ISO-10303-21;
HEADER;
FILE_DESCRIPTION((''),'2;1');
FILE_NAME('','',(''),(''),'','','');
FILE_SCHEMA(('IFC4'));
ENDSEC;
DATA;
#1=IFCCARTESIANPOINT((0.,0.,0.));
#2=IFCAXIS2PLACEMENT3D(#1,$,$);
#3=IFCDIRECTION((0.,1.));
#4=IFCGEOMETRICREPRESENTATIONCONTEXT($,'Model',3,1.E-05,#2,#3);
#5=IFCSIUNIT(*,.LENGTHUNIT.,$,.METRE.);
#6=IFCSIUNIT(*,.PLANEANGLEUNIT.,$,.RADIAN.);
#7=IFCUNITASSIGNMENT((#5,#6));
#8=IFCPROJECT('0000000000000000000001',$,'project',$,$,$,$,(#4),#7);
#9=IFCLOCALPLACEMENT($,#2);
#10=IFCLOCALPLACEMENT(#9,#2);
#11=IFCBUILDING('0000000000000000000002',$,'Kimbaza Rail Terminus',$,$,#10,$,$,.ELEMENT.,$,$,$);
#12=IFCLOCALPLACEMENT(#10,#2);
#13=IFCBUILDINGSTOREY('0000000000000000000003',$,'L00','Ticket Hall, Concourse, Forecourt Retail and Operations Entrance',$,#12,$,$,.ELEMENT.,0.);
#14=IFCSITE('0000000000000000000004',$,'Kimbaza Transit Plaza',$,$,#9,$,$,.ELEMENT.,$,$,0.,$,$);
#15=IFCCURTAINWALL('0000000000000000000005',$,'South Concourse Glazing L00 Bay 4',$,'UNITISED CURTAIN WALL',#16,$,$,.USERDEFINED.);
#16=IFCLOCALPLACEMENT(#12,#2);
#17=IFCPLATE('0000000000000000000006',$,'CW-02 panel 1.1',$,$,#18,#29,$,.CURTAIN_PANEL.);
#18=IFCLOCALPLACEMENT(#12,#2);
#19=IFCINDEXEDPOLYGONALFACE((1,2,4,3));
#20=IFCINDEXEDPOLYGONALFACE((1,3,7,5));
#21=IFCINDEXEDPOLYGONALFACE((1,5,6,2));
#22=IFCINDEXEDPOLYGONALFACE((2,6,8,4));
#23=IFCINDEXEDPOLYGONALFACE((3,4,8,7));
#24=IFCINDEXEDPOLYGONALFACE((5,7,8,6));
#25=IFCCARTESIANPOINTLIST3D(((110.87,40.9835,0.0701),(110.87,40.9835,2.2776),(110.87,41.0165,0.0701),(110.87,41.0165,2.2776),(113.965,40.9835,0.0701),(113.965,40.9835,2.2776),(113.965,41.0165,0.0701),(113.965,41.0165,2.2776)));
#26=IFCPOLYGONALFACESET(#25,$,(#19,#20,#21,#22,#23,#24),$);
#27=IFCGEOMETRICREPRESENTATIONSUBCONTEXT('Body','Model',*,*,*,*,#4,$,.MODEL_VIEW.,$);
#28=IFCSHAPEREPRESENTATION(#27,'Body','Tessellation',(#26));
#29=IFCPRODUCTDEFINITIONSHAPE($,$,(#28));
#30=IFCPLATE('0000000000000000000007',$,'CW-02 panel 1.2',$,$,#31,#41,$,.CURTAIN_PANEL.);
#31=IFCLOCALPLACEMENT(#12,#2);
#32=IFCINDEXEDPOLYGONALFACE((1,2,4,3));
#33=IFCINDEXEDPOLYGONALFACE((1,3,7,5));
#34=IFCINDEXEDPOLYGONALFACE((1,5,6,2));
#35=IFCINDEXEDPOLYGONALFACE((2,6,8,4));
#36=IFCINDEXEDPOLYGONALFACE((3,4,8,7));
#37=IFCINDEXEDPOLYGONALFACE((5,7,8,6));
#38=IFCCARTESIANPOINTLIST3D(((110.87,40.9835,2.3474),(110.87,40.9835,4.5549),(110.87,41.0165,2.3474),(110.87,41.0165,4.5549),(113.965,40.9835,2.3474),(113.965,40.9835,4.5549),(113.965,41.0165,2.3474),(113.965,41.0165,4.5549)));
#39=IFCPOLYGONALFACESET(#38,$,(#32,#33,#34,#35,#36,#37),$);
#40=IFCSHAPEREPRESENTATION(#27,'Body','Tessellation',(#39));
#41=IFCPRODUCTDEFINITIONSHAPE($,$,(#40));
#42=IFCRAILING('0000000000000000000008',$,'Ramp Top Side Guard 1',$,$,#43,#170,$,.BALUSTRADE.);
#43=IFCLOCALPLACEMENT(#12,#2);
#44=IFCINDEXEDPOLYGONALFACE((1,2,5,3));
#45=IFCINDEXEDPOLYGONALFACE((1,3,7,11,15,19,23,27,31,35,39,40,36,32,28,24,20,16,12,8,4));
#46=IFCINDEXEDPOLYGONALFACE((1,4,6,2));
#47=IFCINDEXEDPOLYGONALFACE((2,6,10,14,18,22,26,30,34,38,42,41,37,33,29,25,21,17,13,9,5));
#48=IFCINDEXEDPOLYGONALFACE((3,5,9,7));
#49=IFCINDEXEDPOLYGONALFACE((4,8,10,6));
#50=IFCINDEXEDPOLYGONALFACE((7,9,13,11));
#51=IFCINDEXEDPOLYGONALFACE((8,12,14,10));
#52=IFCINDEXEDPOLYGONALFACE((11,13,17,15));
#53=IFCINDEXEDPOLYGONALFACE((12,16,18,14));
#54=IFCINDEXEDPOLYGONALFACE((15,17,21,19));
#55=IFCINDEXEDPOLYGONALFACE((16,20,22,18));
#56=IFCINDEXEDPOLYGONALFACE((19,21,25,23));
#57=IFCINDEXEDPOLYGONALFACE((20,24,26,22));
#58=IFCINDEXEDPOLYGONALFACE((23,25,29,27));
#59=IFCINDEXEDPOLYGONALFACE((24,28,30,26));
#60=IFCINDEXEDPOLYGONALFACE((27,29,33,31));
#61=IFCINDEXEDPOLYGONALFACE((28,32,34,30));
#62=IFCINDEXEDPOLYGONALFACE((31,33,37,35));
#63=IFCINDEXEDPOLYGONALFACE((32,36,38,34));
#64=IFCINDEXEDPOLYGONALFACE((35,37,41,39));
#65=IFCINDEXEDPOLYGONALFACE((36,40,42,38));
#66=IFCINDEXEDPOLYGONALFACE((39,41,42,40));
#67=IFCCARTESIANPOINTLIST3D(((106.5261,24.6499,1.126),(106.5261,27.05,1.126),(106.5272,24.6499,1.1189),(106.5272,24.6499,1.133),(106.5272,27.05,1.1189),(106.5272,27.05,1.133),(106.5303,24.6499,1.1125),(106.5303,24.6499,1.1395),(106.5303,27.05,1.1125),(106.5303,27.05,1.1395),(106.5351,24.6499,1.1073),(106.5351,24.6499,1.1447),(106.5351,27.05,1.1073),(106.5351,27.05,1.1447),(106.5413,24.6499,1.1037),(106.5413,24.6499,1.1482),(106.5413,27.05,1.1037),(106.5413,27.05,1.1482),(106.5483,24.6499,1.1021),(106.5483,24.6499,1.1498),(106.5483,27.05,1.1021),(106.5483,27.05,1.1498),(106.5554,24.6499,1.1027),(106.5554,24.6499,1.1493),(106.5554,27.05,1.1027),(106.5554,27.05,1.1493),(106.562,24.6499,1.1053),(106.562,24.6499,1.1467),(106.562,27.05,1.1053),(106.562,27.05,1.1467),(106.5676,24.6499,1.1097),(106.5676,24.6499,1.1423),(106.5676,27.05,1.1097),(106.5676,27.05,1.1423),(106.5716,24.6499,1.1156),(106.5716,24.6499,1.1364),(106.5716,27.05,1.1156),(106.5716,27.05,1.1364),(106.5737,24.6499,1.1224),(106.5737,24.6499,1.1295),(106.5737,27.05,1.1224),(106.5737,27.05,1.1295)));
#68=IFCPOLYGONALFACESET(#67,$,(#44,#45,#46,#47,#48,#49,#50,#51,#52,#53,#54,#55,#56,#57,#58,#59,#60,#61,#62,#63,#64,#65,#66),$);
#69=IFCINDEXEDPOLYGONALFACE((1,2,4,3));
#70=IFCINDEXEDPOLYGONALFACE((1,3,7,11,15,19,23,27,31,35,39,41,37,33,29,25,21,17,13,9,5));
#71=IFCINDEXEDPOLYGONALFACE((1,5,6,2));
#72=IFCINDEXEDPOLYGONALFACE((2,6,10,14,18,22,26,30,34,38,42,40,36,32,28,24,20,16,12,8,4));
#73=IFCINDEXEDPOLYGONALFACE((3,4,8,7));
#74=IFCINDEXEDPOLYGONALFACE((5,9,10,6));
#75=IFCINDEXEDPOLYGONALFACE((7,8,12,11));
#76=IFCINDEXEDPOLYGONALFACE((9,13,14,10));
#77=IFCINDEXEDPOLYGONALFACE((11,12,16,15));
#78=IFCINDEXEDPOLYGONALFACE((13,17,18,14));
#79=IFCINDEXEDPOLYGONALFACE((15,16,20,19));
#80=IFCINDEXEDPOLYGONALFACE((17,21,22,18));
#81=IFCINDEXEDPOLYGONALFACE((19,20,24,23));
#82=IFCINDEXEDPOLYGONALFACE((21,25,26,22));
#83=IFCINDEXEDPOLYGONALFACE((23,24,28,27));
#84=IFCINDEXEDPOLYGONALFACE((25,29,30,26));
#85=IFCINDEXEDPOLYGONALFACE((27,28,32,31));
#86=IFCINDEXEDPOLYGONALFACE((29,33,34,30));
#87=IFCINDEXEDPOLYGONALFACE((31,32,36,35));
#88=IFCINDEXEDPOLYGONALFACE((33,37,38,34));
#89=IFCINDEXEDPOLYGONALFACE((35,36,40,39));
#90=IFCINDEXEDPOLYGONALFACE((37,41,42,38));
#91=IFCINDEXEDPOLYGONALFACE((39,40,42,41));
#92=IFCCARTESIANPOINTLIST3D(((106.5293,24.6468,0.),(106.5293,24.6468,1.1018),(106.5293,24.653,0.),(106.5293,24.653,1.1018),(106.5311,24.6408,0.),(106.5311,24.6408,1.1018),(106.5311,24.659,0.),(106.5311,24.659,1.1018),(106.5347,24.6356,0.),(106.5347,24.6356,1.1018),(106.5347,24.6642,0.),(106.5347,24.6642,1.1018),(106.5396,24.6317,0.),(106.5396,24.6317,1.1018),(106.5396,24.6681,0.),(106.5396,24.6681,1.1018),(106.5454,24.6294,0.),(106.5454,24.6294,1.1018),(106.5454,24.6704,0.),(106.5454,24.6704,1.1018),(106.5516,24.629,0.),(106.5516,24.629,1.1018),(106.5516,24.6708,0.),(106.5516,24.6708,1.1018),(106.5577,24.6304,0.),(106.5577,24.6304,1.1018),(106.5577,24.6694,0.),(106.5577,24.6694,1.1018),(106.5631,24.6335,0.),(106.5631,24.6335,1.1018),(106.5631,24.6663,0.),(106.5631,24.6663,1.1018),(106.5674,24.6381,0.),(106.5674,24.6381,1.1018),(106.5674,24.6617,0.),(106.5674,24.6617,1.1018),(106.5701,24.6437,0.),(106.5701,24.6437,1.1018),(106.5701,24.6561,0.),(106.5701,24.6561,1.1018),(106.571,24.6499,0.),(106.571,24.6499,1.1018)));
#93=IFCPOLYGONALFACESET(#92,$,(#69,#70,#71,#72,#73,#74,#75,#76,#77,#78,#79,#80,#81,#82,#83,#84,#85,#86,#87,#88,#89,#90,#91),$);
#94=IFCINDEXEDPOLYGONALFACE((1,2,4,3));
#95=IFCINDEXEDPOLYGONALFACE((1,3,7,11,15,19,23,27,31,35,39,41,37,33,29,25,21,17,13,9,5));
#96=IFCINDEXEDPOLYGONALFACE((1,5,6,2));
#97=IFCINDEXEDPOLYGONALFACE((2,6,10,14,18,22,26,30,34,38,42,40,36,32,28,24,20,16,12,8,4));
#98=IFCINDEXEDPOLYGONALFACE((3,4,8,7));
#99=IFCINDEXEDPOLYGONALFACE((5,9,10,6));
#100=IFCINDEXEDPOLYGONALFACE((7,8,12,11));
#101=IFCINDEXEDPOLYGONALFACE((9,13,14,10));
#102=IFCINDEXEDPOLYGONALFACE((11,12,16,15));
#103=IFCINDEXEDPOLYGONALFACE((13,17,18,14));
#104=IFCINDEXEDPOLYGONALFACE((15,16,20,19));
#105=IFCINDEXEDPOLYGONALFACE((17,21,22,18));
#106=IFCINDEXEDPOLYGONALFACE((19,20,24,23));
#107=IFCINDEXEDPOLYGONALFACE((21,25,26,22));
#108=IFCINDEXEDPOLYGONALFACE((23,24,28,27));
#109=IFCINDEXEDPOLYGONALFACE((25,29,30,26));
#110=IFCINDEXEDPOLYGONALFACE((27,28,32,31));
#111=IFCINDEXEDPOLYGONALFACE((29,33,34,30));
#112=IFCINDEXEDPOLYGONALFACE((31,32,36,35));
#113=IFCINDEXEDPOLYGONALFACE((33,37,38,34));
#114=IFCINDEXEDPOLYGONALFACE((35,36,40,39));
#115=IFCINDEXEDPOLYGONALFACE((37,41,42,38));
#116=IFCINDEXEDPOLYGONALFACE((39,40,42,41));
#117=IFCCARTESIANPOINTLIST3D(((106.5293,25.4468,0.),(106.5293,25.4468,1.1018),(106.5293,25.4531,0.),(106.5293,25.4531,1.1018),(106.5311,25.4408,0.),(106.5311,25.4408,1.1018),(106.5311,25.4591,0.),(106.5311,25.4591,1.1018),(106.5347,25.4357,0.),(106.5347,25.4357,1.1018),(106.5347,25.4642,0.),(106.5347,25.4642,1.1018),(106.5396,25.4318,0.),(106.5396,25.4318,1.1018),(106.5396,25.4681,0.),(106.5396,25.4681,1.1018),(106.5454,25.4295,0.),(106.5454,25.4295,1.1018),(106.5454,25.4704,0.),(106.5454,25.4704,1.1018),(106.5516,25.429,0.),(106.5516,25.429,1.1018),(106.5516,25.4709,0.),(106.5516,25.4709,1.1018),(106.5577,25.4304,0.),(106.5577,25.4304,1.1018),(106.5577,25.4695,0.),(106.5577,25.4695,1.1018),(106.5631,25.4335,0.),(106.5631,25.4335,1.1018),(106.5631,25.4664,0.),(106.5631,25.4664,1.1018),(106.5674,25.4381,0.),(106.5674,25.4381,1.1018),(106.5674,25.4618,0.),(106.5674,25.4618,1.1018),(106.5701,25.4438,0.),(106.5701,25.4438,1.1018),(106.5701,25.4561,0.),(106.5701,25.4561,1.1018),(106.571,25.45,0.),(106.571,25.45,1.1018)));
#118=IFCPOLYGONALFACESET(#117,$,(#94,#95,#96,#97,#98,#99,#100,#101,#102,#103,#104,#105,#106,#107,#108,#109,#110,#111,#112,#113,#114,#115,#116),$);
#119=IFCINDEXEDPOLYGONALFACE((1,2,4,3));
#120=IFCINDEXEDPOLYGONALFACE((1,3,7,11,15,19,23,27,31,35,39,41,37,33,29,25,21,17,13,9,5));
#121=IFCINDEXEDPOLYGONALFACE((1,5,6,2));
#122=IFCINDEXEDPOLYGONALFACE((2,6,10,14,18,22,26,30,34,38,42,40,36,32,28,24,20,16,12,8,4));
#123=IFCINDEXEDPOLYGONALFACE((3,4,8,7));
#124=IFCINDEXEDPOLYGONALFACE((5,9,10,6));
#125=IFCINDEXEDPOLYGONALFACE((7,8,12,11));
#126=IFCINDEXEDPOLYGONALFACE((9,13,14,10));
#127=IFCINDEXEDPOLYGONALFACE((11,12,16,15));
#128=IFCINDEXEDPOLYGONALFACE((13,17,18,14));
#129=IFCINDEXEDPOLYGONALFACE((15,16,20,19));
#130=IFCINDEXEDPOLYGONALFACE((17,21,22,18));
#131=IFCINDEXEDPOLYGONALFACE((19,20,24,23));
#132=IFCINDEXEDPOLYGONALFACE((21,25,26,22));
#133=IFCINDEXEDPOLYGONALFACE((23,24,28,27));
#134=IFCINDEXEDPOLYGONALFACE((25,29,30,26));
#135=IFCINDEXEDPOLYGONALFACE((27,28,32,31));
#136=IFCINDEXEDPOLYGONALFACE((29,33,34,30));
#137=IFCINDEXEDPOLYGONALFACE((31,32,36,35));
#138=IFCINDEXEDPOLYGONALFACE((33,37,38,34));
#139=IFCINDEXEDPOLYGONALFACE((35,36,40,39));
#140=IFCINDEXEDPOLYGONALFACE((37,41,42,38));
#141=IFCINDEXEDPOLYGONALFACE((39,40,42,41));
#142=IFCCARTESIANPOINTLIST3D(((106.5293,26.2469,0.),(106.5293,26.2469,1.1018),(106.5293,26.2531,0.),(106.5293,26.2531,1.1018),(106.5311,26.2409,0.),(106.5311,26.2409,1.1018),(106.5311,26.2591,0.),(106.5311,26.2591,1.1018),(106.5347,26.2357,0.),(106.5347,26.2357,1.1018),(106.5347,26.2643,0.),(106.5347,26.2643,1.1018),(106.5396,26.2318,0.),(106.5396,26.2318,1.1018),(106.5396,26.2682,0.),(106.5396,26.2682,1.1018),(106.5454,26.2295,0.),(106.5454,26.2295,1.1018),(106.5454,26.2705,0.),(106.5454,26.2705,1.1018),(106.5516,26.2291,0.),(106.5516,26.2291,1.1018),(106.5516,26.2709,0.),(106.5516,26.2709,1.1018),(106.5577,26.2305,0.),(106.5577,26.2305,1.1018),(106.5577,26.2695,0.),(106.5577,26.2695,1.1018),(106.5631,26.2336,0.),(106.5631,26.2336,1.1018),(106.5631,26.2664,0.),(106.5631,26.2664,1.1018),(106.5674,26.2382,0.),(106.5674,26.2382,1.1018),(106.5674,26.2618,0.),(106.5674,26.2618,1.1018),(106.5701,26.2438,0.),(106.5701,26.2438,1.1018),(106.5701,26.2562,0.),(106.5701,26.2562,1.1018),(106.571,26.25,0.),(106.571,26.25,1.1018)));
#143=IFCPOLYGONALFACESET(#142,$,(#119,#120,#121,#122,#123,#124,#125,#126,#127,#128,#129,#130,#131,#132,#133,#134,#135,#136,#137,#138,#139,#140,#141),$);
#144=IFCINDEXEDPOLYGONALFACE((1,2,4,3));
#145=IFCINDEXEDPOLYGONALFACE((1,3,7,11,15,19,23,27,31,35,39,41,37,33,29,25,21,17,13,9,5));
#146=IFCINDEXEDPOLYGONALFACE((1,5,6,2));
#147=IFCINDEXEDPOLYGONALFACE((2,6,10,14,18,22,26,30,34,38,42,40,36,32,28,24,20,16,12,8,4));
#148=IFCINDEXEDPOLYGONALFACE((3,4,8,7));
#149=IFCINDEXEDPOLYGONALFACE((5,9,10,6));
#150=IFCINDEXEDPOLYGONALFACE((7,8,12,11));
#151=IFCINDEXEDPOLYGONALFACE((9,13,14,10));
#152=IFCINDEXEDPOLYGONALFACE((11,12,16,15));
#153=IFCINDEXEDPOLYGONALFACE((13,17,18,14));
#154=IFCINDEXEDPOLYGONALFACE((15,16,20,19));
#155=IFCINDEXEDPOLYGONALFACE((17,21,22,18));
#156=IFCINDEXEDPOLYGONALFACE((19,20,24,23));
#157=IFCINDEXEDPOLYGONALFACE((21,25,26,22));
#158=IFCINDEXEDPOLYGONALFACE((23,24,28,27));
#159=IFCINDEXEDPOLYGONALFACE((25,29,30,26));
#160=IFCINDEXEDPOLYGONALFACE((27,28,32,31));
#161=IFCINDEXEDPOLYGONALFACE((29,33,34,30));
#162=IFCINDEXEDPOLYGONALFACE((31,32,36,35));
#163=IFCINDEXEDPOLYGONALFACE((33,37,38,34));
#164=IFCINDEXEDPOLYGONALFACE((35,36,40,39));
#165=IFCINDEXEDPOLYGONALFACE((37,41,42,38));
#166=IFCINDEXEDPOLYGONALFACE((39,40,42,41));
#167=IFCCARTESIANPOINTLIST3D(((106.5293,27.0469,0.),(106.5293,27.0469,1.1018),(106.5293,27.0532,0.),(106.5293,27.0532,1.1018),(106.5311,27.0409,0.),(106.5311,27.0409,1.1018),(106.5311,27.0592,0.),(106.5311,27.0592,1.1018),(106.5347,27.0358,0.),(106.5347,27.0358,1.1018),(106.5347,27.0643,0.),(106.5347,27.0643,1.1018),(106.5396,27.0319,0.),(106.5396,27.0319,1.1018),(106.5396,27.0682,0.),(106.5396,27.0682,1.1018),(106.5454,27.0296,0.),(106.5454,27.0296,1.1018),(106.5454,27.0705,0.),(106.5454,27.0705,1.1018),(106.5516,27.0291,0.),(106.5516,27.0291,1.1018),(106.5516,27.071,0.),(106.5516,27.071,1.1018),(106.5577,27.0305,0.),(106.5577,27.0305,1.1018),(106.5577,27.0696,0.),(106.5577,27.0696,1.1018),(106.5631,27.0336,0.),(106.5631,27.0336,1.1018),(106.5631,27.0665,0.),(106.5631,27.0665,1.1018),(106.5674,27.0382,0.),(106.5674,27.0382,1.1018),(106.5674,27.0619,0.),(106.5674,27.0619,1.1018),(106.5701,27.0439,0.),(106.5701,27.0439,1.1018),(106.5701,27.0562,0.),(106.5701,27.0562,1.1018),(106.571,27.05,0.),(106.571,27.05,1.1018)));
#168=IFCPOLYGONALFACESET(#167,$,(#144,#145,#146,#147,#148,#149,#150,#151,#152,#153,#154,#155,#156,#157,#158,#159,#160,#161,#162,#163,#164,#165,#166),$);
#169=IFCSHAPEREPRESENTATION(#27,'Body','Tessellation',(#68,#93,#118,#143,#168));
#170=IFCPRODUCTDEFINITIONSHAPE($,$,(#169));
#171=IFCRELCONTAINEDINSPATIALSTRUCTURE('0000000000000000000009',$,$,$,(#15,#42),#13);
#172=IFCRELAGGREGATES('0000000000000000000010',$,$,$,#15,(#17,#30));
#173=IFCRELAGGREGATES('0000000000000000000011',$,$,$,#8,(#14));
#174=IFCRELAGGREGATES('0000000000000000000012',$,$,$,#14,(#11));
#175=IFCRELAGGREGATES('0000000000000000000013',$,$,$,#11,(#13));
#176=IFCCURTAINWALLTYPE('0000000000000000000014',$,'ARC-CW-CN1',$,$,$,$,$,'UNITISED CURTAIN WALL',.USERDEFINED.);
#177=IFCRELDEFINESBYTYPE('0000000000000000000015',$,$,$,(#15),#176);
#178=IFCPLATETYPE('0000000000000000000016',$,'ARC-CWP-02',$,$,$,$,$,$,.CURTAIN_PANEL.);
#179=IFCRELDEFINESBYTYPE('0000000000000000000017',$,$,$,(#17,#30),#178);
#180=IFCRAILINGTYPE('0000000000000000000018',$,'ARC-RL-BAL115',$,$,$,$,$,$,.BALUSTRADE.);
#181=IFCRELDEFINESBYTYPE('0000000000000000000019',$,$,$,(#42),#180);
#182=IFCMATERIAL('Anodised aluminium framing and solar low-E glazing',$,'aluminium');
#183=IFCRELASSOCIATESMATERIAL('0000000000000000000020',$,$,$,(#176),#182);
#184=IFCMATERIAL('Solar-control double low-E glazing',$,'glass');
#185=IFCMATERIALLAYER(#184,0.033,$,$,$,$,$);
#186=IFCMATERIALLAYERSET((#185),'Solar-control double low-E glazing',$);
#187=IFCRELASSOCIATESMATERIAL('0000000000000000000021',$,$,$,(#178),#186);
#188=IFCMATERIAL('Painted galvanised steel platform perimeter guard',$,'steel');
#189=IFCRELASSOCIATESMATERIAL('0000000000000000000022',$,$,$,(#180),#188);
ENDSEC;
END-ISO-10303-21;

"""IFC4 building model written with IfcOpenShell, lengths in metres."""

from ifc_helpers import new_model, si_unit, direction, frame, origin, origin_2d, place, context, subcontext, project, spatial, rectangle, circle, extrude, material, layer, layer_set, type_object, element, aggregate, save


model = new_model("IFC4")

# Units and contexts
model_context = context("Model", 3, precision=1e-05, world=origin(), true_north=direction((0.0, 1.0)))
body_context = subcontext(model_context, "Body", "Model", "MODEL_VIEW")
ifc_project = project(units=[si_unit("LENGTHUNIT", "METRE"), si_unit("PLANEANGLEUNIT", "RADIAN")], contexts=[model_context])

# Site, building, storey
site_placement = place(None, origin())
site = spatial("IfcSite", under=ifc_project, at=site_placement, Name="Kimbaza Transit Plaza", CompositionType="ELEMENT", RefElevation=0.0)
building_placement = place(site_placement, origin())
building = spatial("IfcBuilding", under=site, at=building_placement, Name="Kimbaza Rail Terminus", CompositionType="ELEMENT")
storey_placement = place(building_placement, origin())
storey = spatial("IfcBuildingStorey", under=building, at=storey_placement, Name="L00", Description="Ticket Hall, Concourse, Forecourt Retail and Operations Entrance", CompositionType="ELEMENT", Elevation=0.0)

# Curtain wall
ifc_material_1 = material(Name="Anodised aluminium framing and solar low-E glazing", Category="aluminium")
curtain_wall_type = type_object("IfcCurtainWallType", Name="ARC-CW-CN1", ElementType="UNITISED CURTAIN WALL", PredefinedType="USERDEFINED", material=ifc_material_1)
curtain_wall_placement = place(storey_placement, origin())
curtain_wall = element("IfcCurtainWall", 1, at=curtain_wall_placement, inside=storey, type_object=curtain_wall_type, Name="South Concourse Glazing L00 Bay 4", ObjectType="UNITISED CURTAIN WALL", PredefinedType="USERDEFINED")

# Plates
ifc_material_2 = material(Name="Solar-control double low-E glazing", Category="glass")
ifc_layer_1 = layer(ifc_material_2, 0.033)
ifc_layer_set_1 = layer_set([ifc_layer_1], Name="Solar-control double low-E glazing")
plate_type = type_object("IfcPlateType", Name="ARC-CWP-02", PredefinedType="CURTAIN_PANEL", material=ifc_layer_set_1)
plate_1_placement = place(storey_placement, frame((112.4175, 41.0, 0.0701), z_axis=(0.0, 0.0, 1.0), x_axis=(1.0, 0.0, 0.0)))
plate_1 = element("IfcPlate", 2, at=plate_1_placement, type_object=plate_type, Name="CW-02 panel 1.1", PredefinedType="CURTAIN_PANEL", context=body_context, shape_type="SweptSolid", body=[
    extrude(rectangle(XDim=3.095, YDim=0.033, at=origin_2d()), origin(), (0.0, 0.0, 1.0), 2.2075),
])
plate_2_placement = place(storey_placement, frame((112.4175, 41.0, 2.3474), z_axis=(0.0, 0.0, 1.0), x_axis=(1.0, 0.0, 0.0)))
plate_2 = element("IfcPlate", 3, at=plate_2_placement, type_object=plate_type, Name="CW-02 panel 1.2", PredefinedType="CURTAIN_PANEL", context=body_context, shape_type="SweptSolid", body=[
    extrude(rectangle(XDim=3.095, YDim=0.033, at=origin_2d()), origin(), (0.0, 0.0, 1.0), 2.2075),
])
aggregate(curtain_wall, [plate_1, plate_2])

# Railing
ifc_material_3 = material(Name="Painted galvanised steel platform perimeter guard", Category="steel")
railing_type = type_object("IfcRailingType", Name="ARC-RL-BAL115", PredefinedType="BALUSTRADE", material=ifc_material_3)
railing_1_placement = place(storey_placement, frame((106.55, 24.6499, 0.0)))
element("IfcRailing", 4, at=railing_1_placement, inside=storey, type_object=railing_type, Name="Ramp Top Side Guard 1", PredefinedType="BALUSTRADE", context=body_context, shape_type="SweptSolid", body=[
    extrude(circle(Radius=0.0239, at=origin_2d()), frame((0.0, 0.0, 1.126), z_axis=(0.0, 1.0, 0.0), x_axis=(-1.0, 0.0, 0.0)), (0.0, 0.0, 1.0), 2.4001),
    extrude(circle(Radius=0.021, at=origin_2d()), origin(), (0.0, 0.0, 1.0), 1.1018),
    extrude(circle(Radius=0.021, at=origin_2d()), frame((0.0, 0.8, 0.0)), (0.0, 0.0, 1.0), 1.1018),
    extrude(circle(Radius=0.021, at=origin_2d()), frame((0.0, 1.6001, 0.0)), (0.0, 0.0, 1.0), 1.1018),
    extrude(circle(Radius=0.021, at=origin_2d()), frame((0.0, 2.4001, 0.0)), (0.0, 0.0, 1.0), 1.1018),
])

save(model, "model.ifc")
